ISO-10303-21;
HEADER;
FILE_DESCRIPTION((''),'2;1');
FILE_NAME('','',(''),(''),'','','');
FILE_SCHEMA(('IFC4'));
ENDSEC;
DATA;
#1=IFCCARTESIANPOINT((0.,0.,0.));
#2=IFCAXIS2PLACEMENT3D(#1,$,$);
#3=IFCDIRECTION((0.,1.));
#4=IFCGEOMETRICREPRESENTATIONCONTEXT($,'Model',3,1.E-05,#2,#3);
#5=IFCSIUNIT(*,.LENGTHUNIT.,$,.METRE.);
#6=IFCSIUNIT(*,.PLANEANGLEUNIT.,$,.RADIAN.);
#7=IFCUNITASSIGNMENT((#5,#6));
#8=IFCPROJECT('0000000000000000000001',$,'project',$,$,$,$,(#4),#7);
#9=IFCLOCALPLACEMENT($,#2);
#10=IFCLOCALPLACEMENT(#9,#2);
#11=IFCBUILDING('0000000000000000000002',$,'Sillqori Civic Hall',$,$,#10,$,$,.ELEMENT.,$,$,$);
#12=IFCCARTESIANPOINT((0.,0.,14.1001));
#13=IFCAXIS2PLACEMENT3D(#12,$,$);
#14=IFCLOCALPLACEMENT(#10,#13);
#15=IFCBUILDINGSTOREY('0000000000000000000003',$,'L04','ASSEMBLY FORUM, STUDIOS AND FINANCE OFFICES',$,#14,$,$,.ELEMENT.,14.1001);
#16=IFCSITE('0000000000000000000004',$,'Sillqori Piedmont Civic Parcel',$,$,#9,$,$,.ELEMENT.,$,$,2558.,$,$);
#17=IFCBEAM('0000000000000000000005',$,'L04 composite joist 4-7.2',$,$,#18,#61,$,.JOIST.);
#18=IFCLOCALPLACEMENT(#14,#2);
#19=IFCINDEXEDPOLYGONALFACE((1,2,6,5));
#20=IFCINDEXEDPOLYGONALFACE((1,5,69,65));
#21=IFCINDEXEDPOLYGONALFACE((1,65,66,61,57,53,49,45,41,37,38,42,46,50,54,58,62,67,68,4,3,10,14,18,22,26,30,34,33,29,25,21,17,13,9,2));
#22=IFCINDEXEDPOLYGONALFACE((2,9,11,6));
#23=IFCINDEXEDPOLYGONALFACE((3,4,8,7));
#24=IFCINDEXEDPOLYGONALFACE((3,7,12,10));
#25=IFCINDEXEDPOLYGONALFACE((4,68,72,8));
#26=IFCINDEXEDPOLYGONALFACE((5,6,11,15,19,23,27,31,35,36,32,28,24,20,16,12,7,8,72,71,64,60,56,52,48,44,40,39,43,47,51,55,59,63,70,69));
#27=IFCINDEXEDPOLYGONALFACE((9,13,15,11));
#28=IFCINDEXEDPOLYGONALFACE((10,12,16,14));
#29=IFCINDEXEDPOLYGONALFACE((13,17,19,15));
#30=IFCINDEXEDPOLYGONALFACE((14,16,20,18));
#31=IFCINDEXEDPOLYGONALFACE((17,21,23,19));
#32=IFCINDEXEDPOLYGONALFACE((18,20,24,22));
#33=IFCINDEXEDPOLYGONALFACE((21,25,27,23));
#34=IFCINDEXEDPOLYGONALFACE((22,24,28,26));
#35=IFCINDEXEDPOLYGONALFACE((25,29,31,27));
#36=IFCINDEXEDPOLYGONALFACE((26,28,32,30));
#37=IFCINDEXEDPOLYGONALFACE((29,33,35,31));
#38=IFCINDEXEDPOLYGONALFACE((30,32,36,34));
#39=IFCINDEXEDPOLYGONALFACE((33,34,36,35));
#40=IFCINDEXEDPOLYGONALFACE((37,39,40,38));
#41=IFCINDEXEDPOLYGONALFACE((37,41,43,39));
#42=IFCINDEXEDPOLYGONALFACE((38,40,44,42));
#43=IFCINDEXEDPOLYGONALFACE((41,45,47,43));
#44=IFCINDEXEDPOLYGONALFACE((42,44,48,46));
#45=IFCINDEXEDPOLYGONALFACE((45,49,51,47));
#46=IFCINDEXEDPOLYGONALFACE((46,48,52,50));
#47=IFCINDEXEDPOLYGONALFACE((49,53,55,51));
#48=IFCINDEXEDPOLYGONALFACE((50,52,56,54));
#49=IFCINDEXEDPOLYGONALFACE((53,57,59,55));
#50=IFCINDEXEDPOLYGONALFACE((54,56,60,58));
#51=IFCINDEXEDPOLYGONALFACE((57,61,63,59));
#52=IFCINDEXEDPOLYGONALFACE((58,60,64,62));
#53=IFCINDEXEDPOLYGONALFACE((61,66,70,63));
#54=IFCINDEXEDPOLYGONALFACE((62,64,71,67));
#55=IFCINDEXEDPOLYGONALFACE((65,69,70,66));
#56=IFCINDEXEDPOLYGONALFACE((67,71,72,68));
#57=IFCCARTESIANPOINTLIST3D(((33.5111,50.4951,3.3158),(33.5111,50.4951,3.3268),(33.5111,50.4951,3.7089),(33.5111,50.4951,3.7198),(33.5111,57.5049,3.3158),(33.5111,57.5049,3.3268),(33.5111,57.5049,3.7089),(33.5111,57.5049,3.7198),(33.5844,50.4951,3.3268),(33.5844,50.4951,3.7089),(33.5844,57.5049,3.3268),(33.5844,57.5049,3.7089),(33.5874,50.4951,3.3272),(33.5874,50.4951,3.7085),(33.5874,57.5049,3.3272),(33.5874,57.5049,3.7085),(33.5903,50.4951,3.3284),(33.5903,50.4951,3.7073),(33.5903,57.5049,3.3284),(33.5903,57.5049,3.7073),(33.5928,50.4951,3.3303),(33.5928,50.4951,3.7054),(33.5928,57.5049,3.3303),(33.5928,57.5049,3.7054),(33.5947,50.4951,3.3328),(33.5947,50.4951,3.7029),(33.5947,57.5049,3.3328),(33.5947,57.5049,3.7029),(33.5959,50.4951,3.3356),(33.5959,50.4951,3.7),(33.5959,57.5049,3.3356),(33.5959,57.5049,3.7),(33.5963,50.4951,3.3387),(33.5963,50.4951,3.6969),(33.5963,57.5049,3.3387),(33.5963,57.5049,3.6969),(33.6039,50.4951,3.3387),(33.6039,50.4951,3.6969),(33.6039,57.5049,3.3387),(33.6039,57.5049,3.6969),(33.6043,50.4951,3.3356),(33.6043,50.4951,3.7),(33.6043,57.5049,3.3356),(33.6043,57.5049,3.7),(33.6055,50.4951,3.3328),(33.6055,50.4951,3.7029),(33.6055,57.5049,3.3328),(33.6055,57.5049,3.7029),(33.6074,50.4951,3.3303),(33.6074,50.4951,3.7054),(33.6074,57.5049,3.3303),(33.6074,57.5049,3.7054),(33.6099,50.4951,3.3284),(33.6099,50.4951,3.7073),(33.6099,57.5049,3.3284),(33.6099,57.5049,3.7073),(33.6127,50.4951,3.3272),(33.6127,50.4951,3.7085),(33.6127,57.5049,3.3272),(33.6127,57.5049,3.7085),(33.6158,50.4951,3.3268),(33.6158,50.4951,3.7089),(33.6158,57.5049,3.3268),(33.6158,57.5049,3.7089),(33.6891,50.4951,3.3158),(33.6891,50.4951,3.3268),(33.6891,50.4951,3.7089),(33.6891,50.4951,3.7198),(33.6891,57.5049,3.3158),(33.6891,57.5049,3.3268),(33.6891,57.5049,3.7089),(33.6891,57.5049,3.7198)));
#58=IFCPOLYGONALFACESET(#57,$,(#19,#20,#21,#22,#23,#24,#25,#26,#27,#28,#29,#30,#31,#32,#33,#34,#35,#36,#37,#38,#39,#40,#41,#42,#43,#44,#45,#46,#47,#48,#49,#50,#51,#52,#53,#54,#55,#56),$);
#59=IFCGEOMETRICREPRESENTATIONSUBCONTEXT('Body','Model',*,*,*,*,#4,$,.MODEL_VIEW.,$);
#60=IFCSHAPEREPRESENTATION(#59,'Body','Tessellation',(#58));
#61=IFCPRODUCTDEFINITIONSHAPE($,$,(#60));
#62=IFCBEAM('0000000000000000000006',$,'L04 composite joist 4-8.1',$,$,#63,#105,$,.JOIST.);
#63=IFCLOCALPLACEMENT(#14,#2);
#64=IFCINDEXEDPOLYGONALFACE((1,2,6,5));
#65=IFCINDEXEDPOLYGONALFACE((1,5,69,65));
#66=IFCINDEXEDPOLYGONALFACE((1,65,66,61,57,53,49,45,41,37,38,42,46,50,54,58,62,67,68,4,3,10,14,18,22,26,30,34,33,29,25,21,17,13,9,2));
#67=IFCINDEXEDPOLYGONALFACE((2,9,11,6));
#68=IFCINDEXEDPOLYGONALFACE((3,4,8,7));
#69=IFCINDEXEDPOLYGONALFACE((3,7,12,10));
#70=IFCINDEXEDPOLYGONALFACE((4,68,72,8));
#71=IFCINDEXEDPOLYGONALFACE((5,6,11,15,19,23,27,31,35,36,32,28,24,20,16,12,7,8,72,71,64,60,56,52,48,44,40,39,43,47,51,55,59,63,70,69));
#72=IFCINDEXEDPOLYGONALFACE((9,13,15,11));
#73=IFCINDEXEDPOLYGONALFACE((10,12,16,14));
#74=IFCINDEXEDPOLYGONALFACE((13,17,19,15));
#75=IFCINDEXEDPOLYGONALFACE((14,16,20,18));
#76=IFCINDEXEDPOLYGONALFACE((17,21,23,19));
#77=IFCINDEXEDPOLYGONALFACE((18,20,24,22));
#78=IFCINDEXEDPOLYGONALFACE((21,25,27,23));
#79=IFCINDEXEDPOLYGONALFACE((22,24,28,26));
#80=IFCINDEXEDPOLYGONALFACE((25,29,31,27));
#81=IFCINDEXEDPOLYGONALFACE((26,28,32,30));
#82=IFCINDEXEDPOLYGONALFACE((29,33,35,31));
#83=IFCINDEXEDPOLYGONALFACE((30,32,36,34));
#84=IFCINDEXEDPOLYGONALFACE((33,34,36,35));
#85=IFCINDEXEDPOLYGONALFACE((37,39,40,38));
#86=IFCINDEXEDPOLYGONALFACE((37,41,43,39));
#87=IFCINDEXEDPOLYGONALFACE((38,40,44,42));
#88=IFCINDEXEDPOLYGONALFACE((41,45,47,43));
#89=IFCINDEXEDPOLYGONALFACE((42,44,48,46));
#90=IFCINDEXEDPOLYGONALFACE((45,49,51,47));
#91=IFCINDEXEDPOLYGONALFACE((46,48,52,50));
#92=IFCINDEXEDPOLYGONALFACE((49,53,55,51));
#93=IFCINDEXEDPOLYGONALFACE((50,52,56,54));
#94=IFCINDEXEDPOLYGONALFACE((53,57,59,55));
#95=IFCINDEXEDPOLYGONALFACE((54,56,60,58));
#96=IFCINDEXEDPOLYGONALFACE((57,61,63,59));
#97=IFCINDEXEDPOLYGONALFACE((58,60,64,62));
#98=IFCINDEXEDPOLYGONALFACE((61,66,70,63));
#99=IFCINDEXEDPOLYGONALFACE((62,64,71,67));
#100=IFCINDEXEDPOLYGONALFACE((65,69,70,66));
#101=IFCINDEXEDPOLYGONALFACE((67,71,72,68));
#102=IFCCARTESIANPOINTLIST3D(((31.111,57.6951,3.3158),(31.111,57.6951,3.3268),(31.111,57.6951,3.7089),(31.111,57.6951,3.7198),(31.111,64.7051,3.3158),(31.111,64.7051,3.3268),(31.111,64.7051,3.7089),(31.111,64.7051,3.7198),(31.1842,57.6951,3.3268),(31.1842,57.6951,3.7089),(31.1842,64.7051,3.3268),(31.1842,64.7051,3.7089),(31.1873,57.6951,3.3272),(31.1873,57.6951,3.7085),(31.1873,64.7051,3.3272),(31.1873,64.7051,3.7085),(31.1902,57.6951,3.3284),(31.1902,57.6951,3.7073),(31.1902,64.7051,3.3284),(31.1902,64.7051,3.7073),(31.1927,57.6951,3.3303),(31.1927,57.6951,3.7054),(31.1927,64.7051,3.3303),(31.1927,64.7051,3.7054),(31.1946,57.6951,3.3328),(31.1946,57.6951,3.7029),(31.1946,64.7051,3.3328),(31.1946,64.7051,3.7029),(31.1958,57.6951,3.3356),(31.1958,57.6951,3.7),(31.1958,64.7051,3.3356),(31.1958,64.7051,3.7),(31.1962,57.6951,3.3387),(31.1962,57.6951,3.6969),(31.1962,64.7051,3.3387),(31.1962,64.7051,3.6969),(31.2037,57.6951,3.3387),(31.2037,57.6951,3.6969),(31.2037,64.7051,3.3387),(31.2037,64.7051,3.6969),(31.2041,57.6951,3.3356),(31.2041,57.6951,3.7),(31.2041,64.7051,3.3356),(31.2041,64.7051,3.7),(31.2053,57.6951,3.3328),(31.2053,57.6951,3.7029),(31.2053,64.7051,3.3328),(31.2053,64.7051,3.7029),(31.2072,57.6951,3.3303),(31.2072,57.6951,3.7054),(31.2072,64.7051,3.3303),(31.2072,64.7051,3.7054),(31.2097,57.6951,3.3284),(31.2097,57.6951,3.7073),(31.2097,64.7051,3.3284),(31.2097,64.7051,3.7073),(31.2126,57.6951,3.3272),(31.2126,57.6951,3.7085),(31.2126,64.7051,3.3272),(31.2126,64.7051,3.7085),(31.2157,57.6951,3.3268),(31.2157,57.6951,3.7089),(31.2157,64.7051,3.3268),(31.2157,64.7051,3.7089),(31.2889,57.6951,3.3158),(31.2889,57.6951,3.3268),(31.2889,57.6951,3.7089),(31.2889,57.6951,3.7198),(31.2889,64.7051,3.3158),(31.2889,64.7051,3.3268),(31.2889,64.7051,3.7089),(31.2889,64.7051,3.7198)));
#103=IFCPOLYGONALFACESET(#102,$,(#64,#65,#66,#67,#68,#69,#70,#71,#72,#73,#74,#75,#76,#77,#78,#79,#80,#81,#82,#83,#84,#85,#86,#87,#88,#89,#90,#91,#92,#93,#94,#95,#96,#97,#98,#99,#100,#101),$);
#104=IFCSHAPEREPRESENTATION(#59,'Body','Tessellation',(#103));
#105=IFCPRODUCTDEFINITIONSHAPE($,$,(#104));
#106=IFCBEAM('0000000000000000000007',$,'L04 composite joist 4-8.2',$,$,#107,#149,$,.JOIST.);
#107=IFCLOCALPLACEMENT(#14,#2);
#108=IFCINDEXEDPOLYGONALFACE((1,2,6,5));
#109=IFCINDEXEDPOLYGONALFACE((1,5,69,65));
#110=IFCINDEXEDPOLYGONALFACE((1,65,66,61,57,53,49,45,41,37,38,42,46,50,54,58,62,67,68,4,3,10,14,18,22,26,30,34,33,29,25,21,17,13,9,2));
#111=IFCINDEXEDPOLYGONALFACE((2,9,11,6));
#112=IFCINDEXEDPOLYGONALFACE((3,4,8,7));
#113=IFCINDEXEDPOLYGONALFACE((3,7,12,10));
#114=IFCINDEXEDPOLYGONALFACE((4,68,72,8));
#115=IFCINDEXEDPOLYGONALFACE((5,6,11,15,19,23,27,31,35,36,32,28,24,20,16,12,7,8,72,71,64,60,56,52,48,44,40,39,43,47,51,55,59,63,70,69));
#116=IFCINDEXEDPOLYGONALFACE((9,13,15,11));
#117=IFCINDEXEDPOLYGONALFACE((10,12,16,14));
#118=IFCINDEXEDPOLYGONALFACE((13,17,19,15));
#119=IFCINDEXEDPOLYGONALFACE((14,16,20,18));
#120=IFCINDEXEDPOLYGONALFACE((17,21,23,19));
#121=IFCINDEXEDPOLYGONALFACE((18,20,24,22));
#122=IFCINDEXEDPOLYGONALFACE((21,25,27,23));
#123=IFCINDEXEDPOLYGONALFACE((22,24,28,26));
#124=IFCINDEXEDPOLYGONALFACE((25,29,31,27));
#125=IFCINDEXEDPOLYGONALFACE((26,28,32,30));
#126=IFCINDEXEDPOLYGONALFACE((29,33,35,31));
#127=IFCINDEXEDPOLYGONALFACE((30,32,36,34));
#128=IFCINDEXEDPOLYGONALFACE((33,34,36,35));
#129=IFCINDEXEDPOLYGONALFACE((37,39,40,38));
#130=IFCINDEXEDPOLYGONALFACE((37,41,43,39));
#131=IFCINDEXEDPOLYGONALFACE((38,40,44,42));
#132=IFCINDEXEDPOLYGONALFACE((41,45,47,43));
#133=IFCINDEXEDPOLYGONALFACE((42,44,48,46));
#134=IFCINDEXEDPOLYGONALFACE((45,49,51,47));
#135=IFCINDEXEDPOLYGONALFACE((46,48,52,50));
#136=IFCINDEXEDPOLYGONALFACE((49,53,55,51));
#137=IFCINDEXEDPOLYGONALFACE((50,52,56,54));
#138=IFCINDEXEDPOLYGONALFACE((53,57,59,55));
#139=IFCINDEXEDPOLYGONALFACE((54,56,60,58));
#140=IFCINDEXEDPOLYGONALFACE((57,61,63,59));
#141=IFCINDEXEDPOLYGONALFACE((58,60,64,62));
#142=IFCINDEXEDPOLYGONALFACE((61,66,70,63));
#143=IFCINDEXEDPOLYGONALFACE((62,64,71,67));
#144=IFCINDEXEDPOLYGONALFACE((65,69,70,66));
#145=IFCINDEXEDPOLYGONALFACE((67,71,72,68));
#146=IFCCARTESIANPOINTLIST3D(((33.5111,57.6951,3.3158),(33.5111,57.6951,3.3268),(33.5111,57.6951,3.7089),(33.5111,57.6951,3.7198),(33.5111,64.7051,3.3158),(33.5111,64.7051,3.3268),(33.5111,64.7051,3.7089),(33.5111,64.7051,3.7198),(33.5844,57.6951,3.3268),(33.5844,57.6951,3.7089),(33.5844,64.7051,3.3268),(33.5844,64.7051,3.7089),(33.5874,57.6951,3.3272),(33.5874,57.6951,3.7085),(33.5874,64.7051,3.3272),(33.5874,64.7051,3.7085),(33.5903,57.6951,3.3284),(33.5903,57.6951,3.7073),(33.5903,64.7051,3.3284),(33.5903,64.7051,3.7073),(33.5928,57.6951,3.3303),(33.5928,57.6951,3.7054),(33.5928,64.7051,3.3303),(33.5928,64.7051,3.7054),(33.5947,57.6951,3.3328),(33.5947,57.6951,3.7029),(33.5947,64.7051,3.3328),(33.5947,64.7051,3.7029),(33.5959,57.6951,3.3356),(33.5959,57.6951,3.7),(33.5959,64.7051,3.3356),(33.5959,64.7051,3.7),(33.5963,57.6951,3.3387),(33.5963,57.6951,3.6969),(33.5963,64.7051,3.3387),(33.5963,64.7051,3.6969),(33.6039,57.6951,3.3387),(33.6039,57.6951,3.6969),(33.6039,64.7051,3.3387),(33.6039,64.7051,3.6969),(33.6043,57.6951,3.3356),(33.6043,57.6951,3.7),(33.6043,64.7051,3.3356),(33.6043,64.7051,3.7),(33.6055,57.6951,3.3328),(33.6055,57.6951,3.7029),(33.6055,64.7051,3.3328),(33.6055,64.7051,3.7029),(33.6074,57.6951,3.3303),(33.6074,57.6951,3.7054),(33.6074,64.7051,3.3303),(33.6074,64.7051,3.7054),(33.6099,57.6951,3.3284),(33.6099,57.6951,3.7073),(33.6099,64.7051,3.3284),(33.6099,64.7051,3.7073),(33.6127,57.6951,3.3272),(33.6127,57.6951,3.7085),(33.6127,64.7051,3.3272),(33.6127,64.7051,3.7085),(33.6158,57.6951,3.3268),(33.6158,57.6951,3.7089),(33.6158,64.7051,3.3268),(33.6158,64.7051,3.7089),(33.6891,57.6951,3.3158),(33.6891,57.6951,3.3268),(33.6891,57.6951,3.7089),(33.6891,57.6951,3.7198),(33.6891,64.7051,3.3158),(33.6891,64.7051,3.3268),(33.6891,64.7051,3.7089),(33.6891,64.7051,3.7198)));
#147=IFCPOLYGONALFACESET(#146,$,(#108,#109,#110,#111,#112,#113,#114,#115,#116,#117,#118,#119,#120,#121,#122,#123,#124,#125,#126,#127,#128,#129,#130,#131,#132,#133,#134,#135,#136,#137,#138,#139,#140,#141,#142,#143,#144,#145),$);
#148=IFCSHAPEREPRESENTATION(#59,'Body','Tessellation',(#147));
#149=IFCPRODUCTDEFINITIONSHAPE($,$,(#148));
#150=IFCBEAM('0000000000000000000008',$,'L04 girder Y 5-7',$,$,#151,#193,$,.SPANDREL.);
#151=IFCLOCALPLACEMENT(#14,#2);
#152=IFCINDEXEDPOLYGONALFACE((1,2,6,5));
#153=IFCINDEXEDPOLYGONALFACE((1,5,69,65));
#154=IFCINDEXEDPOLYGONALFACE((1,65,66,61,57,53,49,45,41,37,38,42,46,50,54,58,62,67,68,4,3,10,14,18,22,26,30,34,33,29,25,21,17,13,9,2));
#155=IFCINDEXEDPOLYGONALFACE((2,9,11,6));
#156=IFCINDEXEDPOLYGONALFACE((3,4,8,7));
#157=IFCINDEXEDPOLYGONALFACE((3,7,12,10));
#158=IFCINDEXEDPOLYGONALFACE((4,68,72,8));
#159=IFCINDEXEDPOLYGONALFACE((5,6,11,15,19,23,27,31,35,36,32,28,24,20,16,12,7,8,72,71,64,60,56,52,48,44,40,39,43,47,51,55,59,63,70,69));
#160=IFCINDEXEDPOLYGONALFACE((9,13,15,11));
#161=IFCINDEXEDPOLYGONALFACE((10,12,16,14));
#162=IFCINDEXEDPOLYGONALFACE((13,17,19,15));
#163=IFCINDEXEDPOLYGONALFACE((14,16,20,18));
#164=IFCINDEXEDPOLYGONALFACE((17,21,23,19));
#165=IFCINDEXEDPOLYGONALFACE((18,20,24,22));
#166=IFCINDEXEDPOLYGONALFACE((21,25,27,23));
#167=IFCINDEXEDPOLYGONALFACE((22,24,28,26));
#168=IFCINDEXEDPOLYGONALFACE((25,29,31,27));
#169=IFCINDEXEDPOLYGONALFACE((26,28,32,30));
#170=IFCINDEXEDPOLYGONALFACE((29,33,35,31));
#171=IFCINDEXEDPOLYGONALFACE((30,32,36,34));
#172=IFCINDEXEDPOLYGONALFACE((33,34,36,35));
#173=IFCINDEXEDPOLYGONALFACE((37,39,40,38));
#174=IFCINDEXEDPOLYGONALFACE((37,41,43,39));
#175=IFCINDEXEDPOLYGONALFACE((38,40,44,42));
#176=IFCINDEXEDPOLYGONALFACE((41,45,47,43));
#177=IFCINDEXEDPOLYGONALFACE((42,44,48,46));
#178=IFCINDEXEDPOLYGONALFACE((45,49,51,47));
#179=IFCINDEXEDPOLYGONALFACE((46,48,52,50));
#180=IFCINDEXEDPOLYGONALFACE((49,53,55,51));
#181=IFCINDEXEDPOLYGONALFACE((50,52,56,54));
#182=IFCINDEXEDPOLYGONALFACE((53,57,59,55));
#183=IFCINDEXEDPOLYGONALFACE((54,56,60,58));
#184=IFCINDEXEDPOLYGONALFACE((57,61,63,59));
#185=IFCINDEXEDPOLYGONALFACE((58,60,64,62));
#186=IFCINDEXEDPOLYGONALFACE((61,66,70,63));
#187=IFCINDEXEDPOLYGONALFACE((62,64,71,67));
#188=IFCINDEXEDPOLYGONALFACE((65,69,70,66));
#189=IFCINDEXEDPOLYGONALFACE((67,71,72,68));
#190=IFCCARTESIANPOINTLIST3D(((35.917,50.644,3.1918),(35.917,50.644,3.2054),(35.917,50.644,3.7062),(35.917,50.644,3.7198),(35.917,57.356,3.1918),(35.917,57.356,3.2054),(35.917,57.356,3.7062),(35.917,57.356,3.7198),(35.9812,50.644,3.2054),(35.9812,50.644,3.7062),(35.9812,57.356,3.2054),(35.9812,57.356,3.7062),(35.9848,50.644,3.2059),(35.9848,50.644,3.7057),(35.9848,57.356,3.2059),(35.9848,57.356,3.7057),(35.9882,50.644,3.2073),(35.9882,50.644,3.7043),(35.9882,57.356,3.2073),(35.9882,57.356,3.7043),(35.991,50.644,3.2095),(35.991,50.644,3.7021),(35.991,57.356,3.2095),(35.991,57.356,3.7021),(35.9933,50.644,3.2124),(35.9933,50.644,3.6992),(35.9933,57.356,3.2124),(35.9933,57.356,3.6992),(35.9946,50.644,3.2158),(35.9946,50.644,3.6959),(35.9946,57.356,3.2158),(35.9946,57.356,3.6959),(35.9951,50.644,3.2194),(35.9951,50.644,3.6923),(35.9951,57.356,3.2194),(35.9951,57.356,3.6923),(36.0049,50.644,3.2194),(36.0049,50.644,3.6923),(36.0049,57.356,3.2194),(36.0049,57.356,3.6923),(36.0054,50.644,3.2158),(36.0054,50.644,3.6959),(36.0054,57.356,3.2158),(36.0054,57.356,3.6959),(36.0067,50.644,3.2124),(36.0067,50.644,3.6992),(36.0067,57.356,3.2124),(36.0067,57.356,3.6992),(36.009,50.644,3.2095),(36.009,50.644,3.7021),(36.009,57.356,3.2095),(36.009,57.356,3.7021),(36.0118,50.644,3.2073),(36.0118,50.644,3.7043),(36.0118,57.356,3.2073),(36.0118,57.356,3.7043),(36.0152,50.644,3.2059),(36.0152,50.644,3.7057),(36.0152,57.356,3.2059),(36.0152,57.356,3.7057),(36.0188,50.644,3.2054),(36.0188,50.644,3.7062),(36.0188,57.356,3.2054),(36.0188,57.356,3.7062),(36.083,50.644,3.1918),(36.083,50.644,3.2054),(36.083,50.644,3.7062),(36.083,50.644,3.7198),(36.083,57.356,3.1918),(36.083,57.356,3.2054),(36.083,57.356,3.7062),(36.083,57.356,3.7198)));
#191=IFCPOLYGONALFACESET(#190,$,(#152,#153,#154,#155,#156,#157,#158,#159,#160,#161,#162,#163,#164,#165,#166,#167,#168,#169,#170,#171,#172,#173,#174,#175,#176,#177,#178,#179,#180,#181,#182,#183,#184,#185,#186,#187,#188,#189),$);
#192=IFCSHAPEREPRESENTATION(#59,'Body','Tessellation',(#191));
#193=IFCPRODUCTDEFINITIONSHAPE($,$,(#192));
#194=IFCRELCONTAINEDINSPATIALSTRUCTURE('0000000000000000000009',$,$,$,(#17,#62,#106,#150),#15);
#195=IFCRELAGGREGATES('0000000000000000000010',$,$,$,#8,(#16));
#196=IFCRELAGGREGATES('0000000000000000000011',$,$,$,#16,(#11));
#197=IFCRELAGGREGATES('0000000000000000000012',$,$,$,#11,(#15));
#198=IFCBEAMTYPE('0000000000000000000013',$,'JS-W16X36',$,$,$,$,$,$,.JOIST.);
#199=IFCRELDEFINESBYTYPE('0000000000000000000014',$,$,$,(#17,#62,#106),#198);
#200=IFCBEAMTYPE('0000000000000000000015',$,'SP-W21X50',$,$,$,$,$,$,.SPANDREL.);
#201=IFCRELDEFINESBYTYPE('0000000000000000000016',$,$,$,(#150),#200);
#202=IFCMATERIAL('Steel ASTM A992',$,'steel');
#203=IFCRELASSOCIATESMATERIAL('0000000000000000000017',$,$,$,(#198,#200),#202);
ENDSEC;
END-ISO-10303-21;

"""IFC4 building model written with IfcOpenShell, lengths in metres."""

from ifc_helpers import new_model, si_unit, direction, frame, origin, origin_2d, place, context, subcontext, project, spatial, i_section, extrude, material, material_profile, profile_set, type_object, element, save


model = new_model("IFC4")

# Units and contexts
model_context = context("Model", 3, precision=1e-05, world=origin(), true_north=direction((0.0, 1.0)))
body_context = subcontext(model_context, "Body", "Model", "MODEL_VIEW")
ifc_project = project(units=[si_unit("LENGTHUNIT", "METRE"), si_unit("PLANEANGLEUNIT", "RADIAN")], contexts=[model_context])

# Site, building, storey
site_placement = place(None, origin())
site = spatial("IfcSite", under=ifc_project, at=site_placement, Name="Sillqori Piedmont Civic Parcel", CompositionType="ELEMENT", RefElevation=2558.0)
building_placement = place(site_placement, origin())
building = spatial("IfcBuilding", under=site, at=building_placement, Name="Sillqori Civic Hall", CompositionType="ELEMENT")
storey_placement = place(building_placement, frame((0.0, 0.0, 14.1001)))
storey = spatial("IfcBuildingStorey", under=building, at=storey_placement, Name="L04", Description="ASSEMBLY FORUM, STUDIOS AND FINANCE OFFICES", CompositionType="ELEMENT", Elevation=14.1001)

# Shared definitions
ifc_material_1 = material(Name="Steel ASTM A992", Category="steel")

# Beams
ifc_material_profile_1 = material_profile(ifc_material_1, i_section(OverallWidth=0.178, OverallDepth=0.4041, WebThickness=0.0076, FlangeThickness=0.011, FilletRadius=0.012, at=origin_2d()), Name="W16X36")
ifc_profile_set_1 = profile_set([ifc_material_profile_1], Name="Steel ASTM A992")
beam_type_1 = type_object("IfcBeamType", Name="JS-W16X36", PredefinedType="JOIST", material=ifc_profile_set_1)
for number, where, z_axis, x_axis, name in (
    (1, (33.6001, 50.4951, 3.5178), (0.0, 1.0, 0.0), (-1.0, 0.0, 0.0), "L04 composite joist 4-7.2"),
):
    element("IfcBeam", number, at=place(storey_placement, frame(where, z_axis=z_axis, x_axis=x_axis)), inside=storey, type_object=beam_type_1, Name=name, PredefinedType="JOIST", context=body_context, shape_type="SweptSolid", body=[
        extrude(i_section(OverallWidth=0.178, OverallDepth=0.4041, WebThickness=0.0076, FlangeThickness=0.011, FilletRadius=0.012, at=origin_2d()), origin(), (0.0, 0.0, 1.0), 7.0098),
    ])
for number, where, z_axis, x_axis, name in (
    (2, (31.2, 57.6951, 3.5178), (0.0, 1.0, 0.0), (-1.0, 0.0, 0.0), "L04 composite joist 4-8.1"),
    (3, (33.6001, 57.6951, 3.5178), (0.0, 1.0, 0.0), (-1.0, 0.0, 0.0), "L04 composite joist 4-8.2"),
):
    element("IfcBeam", number, at=place(storey_placement, frame(where, z_axis=z_axis, x_axis=x_axis)), inside=storey, type_object=beam_type_1, Name=name, PredefinedType="JOIST", context=body_context, shape_type="SweptSolid", body=[
        extrude(i_section(OverallWidth=0.178, OverallDepth=0.4041, WebThickness=0.0076, FlangeThickness=0.011, FilletRadius=0.012, at=origin_2d()), origin(), (0.0, 0.0, 1.0), 7.01),
    ])
ifc_material_profile_2 = material_profile(ifc_material_1, i_section(OverallWidth=0.166, OverallDepth=0.5281, WebThickness=0.0098, FlangeThickness=0.0137, FilletRadius=0.0139, at=origin_2d()), Name="W21X50")
ifc_profile_set_2 = profile_set([ifc_material_profile_2], Name="Steel ASTM A992")
beam_type_2 = type_object("IfcBeamType", Name="SP-W21X50", PredefinedType="SPANDREL", material=ifc_profile_set_2)
for number, where, z_axis, x_axis, name in (
    (4, (36.0, 50.644, 3.4558), (0.0, 1.0, 0.0), (-1.0, 0.0, 0.0), "L04 girder Y 5-7"),
):
    element("IfcBeam", number, at=place(storey_placement, frame(where, z_axis=z_axis, x_axis=x_axis)), inside=storey, type_object=beam_type_2, Name=name, PredefinedType="SPANDREL", context=body_context, shape_type="SweptSolid", body=[
        extrude(i_section(OverallWidth=0.166, OverallDepth=0.5281, WebThickness=0.0098, FlangeThickness=0.0137, FilletRadius=0.0139, at=origin_2d()), origin(), (0.0, 0.0, 1.0), 6.7119),
    ])

save(model, "model.ifc")
